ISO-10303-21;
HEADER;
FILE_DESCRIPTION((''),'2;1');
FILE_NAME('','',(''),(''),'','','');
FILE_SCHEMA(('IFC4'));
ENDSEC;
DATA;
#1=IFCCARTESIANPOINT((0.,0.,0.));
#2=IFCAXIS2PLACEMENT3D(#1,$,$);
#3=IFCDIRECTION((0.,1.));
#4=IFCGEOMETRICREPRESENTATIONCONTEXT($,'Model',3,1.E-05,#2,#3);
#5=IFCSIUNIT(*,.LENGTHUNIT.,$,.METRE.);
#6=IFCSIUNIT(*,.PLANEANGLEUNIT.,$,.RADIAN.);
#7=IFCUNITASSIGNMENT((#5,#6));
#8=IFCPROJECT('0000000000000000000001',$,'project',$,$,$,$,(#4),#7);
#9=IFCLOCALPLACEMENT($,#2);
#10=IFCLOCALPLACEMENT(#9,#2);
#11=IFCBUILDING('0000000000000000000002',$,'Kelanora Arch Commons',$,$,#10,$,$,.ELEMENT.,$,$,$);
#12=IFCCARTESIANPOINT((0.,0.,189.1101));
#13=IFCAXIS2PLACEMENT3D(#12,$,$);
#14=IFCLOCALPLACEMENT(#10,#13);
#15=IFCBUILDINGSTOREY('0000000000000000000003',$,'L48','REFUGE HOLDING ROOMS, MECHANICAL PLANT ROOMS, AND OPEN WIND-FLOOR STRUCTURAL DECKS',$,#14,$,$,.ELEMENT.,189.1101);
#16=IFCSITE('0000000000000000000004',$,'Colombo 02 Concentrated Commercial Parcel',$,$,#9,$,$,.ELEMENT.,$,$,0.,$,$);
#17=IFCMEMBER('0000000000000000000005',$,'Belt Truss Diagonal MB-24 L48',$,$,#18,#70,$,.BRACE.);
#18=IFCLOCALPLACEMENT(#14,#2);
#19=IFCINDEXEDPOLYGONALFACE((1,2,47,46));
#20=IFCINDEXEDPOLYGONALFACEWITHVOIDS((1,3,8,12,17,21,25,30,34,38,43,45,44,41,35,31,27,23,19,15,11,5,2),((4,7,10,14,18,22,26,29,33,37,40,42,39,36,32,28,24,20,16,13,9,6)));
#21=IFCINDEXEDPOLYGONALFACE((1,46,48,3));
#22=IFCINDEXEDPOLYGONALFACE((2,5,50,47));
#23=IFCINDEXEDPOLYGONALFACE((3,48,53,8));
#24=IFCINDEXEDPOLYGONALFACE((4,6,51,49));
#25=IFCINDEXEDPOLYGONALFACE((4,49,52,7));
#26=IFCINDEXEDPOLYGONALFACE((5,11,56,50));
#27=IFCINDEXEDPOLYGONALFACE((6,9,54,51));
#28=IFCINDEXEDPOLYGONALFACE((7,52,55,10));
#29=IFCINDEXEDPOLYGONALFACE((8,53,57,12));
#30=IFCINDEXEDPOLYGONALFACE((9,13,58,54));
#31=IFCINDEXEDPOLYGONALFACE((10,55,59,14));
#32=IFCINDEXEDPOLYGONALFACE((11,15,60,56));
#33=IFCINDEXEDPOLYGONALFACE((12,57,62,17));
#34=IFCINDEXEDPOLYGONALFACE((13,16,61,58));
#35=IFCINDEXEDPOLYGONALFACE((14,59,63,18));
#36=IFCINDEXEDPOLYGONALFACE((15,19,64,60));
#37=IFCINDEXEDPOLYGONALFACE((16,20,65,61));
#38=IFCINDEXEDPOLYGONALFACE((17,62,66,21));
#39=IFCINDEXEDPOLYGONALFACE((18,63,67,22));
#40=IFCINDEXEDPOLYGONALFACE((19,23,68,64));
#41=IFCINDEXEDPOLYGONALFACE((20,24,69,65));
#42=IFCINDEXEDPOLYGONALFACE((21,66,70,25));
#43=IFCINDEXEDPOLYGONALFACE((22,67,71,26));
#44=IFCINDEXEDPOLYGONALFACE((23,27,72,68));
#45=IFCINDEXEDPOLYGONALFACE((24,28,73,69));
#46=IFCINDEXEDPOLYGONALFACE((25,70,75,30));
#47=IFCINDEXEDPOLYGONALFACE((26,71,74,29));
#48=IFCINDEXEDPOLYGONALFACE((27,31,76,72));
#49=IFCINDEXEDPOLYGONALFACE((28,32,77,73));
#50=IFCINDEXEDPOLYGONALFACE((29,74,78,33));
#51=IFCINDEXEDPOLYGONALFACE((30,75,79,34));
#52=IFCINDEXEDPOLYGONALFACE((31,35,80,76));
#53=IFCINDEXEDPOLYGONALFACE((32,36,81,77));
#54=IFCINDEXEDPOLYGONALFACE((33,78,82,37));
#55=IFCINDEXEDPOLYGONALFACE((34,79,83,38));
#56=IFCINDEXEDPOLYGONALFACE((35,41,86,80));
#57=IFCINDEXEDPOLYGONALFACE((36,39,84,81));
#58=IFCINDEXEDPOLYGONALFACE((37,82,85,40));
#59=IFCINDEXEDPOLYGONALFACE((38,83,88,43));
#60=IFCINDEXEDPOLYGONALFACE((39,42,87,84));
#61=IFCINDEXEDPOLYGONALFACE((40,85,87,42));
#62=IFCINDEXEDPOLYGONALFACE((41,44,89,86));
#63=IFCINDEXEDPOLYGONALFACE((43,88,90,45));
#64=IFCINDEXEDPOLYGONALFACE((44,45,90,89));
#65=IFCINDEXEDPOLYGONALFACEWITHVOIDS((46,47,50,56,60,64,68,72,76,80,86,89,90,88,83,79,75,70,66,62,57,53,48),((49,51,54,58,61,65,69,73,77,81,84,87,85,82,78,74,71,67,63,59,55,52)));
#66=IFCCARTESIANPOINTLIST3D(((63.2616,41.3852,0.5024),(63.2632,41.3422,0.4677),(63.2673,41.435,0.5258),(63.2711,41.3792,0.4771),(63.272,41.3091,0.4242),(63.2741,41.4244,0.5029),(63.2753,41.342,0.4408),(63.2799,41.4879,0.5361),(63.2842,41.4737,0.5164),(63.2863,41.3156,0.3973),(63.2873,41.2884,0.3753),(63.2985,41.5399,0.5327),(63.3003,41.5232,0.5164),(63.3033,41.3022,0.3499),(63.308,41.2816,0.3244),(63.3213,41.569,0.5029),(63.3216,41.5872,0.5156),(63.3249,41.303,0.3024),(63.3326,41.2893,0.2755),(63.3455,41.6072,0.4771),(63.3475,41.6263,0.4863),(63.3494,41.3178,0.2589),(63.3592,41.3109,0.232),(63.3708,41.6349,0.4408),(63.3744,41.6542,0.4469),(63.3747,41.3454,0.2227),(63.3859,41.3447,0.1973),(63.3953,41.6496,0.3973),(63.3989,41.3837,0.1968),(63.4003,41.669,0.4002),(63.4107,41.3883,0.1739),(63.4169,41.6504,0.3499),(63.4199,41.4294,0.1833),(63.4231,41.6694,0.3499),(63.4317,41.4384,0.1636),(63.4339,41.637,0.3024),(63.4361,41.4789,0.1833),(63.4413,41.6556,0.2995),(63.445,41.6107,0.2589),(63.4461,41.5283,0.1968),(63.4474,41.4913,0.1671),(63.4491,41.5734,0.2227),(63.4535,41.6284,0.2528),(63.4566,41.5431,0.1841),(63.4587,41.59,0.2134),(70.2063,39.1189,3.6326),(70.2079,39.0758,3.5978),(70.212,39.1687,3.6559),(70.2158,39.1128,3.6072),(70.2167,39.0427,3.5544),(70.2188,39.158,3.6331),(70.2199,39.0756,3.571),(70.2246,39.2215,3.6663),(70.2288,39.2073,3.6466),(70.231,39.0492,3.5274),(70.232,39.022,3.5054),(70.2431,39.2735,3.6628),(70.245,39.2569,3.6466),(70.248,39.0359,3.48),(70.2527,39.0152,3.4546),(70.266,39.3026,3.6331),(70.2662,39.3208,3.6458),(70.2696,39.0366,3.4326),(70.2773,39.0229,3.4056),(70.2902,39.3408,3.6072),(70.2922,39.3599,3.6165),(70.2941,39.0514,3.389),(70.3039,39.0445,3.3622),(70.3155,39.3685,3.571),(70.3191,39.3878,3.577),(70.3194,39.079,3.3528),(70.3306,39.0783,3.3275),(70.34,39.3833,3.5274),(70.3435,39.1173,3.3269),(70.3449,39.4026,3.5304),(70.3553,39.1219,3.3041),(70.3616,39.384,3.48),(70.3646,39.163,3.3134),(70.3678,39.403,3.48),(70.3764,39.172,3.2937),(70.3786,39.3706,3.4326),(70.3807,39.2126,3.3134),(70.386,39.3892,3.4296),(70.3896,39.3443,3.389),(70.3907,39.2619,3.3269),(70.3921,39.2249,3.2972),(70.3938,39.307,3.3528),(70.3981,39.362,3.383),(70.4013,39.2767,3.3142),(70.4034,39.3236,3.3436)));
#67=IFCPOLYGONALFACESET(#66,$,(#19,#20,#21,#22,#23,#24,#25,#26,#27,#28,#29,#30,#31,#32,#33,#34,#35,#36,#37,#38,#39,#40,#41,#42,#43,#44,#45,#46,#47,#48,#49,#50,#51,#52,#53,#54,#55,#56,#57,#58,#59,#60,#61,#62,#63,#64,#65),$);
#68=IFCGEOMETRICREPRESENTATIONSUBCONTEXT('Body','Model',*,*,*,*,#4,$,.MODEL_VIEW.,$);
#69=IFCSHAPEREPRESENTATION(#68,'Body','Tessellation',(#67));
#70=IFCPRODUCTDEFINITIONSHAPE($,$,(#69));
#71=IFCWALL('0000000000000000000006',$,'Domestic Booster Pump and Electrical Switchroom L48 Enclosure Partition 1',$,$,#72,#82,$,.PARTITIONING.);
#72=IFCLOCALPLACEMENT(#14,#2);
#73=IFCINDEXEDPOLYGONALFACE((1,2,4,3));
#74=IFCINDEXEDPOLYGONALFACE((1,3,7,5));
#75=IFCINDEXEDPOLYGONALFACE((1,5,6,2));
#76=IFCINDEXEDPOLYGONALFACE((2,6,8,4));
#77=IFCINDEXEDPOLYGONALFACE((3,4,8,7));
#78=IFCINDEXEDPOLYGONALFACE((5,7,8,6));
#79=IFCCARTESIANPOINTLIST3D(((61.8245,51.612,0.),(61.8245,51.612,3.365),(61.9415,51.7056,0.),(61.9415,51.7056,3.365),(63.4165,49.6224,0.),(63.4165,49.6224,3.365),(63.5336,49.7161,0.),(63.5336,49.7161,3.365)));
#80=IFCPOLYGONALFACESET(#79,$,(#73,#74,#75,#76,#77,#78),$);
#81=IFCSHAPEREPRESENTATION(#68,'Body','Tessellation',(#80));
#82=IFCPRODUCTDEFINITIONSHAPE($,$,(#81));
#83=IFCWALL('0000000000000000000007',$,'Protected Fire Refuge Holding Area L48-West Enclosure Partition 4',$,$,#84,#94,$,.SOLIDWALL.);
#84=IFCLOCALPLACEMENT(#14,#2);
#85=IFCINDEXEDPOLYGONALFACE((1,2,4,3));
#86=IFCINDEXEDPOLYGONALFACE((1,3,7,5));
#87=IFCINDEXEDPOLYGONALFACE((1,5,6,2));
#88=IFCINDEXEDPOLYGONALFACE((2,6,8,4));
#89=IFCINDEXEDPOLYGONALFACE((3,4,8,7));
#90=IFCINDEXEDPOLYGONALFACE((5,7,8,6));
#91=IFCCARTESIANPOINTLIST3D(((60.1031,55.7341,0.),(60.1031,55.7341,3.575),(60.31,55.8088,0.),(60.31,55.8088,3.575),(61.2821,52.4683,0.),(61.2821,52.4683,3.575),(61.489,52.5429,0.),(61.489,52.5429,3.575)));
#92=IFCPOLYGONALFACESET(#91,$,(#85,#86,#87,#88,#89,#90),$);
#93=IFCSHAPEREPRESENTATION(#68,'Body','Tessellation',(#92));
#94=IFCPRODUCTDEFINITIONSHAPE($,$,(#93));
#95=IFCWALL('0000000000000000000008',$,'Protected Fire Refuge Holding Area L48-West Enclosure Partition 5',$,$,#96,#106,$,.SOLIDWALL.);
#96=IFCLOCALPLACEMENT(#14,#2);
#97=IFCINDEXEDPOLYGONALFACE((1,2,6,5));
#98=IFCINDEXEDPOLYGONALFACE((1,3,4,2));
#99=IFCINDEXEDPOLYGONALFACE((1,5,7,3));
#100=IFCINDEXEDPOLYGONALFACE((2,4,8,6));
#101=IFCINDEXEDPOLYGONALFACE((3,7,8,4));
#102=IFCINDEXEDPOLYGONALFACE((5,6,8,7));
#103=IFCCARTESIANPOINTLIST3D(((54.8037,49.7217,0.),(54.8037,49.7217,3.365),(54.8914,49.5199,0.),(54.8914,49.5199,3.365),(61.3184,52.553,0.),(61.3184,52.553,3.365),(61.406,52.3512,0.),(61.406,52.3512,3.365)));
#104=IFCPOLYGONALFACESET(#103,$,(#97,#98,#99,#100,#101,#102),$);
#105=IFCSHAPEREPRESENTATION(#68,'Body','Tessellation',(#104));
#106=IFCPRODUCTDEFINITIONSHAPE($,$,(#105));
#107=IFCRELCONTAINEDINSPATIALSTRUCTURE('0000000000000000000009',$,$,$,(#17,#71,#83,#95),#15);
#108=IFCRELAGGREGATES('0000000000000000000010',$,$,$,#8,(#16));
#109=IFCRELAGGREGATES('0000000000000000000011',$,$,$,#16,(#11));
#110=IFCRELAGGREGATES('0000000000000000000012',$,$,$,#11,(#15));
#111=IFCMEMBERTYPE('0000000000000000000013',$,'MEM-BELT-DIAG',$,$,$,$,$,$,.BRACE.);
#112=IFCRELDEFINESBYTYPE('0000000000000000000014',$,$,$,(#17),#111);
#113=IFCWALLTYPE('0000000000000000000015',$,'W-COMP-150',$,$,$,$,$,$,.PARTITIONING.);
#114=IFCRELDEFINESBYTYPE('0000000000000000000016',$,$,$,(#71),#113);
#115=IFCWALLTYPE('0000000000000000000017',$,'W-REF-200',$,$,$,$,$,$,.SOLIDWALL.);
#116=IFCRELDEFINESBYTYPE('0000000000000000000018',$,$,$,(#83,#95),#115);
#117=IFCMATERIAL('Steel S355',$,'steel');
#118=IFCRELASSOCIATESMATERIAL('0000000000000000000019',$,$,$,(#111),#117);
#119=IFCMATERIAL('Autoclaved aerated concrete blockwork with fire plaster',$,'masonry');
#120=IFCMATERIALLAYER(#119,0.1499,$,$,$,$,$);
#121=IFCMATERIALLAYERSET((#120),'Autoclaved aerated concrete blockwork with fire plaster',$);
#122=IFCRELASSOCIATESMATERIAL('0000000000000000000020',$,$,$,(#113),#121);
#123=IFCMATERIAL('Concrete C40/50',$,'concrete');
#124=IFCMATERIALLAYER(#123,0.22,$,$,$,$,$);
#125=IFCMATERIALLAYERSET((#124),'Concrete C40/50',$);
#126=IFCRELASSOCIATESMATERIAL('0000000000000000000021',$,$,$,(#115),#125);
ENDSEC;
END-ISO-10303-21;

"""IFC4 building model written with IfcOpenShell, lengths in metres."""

from ifc_helpers import new_model, si_unit, direction, frame, frame_2d, origin, origin_2d, place, context, subcontext, project, spatial, rectangle, hollow_circle, extrude, material, layer, layer_set, material_profile, profile_set, type_object, element, save


model = new_model("IFC4")

# Units and contexts
model_context = context("Model", 3, precision=1e-05, world=origin(), true_north=direction((0.0, 1.0)))
body_context = subcontext(model_context, "Body", "Model", "MODEL_VIEW")
ifc_project = project(units=[si_unit("LENGTHUNIT", "METRE"), si_unit("PLANEANGLEUNIT", "RADIAN")], contexts=[model_context])

# Site, building, storey
site_placement = place(None, origin())
site = spatial("IfcSite", under=ifc_project, at=site_placement, Name="Colombo 02 Concentrated Commercial Parcel", CompositionType="ELEMENT", RefElevation=0.0)
building_placement = place(site_placement, origin())
building = spatial("IfcBuilding", under=site, at=building_placement, Name="Kelanora Arch Commons", CompositionType="ELEMENT")
storey_placement = place(building_placement, frame((0.0, 0.0, 189.1101)))
storey = spatial("IfcBuildingStorey", under=building, at=storey_placement, Name="L48", Description="REFUGE HOLDING ROOMS, MECHANICAL PLANT ROOMS, AND OPEN WIND-FLOOR STRUCTURAL DECKS", CompositionType="ELEMENT", Elevation=189.1101)

# Shared definitions
ifc_material_1 = material(Name="Steel S355", Category="steel")

# Member
ifc_material_profile_1 = material_profile(ifc_material_1, hollow_circle(Radius=0.2031, WallThickness=0.02, at=origin_2d()), Name="CHS406.4x20")
ifc_profile_set_1 = profile_set([ifc_material_profile_1], Name="Steel S355")
member_type = type_object("IfcMemberType", Name="MEM-BELT-DIAG", PredefinedType="BRACE", material=ifc_profile_set_1)
member_placement = place(storey_placement, frame((63.3601, 41.4763, 0.3499), z_axis=(0.873817, -0.285169, 0.393855), x_axis=(0.310246, 0.950656, 0.0)))
element("IfcMember", 1, at=member_placement, inside=storey, type_object=member_type, Name="Belt Truss Diagonal MB-24 L48", PredefinedType="BRACE", context=body_context, shape_type="SweptSolid", body=[
    extrude(hollow_circle(Radius=0.2031, WallThickness=0.02, at=origin_2d()), origin(), (0.0, 0.0, 1.0), 7.9475),
])

# Walls
ifc_material_2 = material(Name="Autoclaved aerated concrete blockwork with fire plaster", Category="masonry")
ifc_layer_1 = layer(ifc_material_2, 0.1499)
ifc_layer_set_1 = layer_set([ifc_layer_1], Name="Autoclaved aerated concrete blockwork with fire plaster")
wall_type_1 = type_object("IfcWallType", Name="W-COMP-150", PredefinedType="PARTITIONING", material=ifc_layer_set_1)
wall_1_placement = place(storey_placement, frame((61.8831, 51.6587, 0.0), z_axis=(0.0, 0.0, 1.0), x_axis=(0.6248, -0.780785, 0.0)))
element("IfcWall", 2, at=wall_1_placement, inside=storey, type_object=wall_type_1, Name="Domestic Booster Pump and Electrical Switchroom L48 Enclosure Partition 1", PredefinedType="PARTITIONING", context=body_context, shape_type="SweptSolid", body=[
    extrude(rectangle(XDim=2.5481, YDim=0.1499, at=frame_2d((1.2739, 0.0))), origin(), (0.0, 0.0, 1.0), 3.365),
])
ifc_material_3 = material(Name="Concrete C40/50", Category="concrete")
ifc_layer_2 = layer(ifc_material_3, 0.22)
ifc_layer_set_2 = layer_set([ifc_layer_2], Name="Concrete C40/50")
wall_type_2 = type_object("IfcWallType", Name="W-REF-200", PredefinedType="SOLIDWALL", material=ifc_layer_set_2)
wall_2_placement = place(storey_placement, frame((60.2065, 55.7715, 0.0), z_axis=(0.0, 0.0, 1.0), x_axis=(0.339546, -0.940589, 0.0)))
element("IfcWall", 3, at=wall_2_placement, inside=storey, type_object=wall_type_2, Name="Protected Fire Refuge Holding Area L48-West Enclosure Partition 4", PredefinedType="SOLIDWALL", context=body_context, shape_type="SweptSolid", body=[
    extrude(rectangle(XDim=3.4722, YDim=0.22, at=frame_2d((1.7361, 0.0))), origin(), (0.0, 0.0, 1.0), 3.575),
])
wall_3_placement = place(storey_placement, frame((61.3623, 52.4521, 0.0), z_axis=(0.0, 0.0, 1.0), x_axis=(-0.91713, -0.398589, 0.0)))
element("IfcWall", 4, at=wall_3_placement, inside=storey, type_object=wall_type_2, Name="Protected Fire Refuge Holding Area L48-West Enclosure Partition 5", PredefinedType="SOLIDWALL", context=body_context, shape_type="SweptSolid", body=[
    extrude(rectangle(XDim=7.1033, YDim=0.22, at=frame_2d((3.5518, 0.0))), origin(), (0.0, 0.0, 1.0), 3.365),
])

save(model, "model.ifc")
